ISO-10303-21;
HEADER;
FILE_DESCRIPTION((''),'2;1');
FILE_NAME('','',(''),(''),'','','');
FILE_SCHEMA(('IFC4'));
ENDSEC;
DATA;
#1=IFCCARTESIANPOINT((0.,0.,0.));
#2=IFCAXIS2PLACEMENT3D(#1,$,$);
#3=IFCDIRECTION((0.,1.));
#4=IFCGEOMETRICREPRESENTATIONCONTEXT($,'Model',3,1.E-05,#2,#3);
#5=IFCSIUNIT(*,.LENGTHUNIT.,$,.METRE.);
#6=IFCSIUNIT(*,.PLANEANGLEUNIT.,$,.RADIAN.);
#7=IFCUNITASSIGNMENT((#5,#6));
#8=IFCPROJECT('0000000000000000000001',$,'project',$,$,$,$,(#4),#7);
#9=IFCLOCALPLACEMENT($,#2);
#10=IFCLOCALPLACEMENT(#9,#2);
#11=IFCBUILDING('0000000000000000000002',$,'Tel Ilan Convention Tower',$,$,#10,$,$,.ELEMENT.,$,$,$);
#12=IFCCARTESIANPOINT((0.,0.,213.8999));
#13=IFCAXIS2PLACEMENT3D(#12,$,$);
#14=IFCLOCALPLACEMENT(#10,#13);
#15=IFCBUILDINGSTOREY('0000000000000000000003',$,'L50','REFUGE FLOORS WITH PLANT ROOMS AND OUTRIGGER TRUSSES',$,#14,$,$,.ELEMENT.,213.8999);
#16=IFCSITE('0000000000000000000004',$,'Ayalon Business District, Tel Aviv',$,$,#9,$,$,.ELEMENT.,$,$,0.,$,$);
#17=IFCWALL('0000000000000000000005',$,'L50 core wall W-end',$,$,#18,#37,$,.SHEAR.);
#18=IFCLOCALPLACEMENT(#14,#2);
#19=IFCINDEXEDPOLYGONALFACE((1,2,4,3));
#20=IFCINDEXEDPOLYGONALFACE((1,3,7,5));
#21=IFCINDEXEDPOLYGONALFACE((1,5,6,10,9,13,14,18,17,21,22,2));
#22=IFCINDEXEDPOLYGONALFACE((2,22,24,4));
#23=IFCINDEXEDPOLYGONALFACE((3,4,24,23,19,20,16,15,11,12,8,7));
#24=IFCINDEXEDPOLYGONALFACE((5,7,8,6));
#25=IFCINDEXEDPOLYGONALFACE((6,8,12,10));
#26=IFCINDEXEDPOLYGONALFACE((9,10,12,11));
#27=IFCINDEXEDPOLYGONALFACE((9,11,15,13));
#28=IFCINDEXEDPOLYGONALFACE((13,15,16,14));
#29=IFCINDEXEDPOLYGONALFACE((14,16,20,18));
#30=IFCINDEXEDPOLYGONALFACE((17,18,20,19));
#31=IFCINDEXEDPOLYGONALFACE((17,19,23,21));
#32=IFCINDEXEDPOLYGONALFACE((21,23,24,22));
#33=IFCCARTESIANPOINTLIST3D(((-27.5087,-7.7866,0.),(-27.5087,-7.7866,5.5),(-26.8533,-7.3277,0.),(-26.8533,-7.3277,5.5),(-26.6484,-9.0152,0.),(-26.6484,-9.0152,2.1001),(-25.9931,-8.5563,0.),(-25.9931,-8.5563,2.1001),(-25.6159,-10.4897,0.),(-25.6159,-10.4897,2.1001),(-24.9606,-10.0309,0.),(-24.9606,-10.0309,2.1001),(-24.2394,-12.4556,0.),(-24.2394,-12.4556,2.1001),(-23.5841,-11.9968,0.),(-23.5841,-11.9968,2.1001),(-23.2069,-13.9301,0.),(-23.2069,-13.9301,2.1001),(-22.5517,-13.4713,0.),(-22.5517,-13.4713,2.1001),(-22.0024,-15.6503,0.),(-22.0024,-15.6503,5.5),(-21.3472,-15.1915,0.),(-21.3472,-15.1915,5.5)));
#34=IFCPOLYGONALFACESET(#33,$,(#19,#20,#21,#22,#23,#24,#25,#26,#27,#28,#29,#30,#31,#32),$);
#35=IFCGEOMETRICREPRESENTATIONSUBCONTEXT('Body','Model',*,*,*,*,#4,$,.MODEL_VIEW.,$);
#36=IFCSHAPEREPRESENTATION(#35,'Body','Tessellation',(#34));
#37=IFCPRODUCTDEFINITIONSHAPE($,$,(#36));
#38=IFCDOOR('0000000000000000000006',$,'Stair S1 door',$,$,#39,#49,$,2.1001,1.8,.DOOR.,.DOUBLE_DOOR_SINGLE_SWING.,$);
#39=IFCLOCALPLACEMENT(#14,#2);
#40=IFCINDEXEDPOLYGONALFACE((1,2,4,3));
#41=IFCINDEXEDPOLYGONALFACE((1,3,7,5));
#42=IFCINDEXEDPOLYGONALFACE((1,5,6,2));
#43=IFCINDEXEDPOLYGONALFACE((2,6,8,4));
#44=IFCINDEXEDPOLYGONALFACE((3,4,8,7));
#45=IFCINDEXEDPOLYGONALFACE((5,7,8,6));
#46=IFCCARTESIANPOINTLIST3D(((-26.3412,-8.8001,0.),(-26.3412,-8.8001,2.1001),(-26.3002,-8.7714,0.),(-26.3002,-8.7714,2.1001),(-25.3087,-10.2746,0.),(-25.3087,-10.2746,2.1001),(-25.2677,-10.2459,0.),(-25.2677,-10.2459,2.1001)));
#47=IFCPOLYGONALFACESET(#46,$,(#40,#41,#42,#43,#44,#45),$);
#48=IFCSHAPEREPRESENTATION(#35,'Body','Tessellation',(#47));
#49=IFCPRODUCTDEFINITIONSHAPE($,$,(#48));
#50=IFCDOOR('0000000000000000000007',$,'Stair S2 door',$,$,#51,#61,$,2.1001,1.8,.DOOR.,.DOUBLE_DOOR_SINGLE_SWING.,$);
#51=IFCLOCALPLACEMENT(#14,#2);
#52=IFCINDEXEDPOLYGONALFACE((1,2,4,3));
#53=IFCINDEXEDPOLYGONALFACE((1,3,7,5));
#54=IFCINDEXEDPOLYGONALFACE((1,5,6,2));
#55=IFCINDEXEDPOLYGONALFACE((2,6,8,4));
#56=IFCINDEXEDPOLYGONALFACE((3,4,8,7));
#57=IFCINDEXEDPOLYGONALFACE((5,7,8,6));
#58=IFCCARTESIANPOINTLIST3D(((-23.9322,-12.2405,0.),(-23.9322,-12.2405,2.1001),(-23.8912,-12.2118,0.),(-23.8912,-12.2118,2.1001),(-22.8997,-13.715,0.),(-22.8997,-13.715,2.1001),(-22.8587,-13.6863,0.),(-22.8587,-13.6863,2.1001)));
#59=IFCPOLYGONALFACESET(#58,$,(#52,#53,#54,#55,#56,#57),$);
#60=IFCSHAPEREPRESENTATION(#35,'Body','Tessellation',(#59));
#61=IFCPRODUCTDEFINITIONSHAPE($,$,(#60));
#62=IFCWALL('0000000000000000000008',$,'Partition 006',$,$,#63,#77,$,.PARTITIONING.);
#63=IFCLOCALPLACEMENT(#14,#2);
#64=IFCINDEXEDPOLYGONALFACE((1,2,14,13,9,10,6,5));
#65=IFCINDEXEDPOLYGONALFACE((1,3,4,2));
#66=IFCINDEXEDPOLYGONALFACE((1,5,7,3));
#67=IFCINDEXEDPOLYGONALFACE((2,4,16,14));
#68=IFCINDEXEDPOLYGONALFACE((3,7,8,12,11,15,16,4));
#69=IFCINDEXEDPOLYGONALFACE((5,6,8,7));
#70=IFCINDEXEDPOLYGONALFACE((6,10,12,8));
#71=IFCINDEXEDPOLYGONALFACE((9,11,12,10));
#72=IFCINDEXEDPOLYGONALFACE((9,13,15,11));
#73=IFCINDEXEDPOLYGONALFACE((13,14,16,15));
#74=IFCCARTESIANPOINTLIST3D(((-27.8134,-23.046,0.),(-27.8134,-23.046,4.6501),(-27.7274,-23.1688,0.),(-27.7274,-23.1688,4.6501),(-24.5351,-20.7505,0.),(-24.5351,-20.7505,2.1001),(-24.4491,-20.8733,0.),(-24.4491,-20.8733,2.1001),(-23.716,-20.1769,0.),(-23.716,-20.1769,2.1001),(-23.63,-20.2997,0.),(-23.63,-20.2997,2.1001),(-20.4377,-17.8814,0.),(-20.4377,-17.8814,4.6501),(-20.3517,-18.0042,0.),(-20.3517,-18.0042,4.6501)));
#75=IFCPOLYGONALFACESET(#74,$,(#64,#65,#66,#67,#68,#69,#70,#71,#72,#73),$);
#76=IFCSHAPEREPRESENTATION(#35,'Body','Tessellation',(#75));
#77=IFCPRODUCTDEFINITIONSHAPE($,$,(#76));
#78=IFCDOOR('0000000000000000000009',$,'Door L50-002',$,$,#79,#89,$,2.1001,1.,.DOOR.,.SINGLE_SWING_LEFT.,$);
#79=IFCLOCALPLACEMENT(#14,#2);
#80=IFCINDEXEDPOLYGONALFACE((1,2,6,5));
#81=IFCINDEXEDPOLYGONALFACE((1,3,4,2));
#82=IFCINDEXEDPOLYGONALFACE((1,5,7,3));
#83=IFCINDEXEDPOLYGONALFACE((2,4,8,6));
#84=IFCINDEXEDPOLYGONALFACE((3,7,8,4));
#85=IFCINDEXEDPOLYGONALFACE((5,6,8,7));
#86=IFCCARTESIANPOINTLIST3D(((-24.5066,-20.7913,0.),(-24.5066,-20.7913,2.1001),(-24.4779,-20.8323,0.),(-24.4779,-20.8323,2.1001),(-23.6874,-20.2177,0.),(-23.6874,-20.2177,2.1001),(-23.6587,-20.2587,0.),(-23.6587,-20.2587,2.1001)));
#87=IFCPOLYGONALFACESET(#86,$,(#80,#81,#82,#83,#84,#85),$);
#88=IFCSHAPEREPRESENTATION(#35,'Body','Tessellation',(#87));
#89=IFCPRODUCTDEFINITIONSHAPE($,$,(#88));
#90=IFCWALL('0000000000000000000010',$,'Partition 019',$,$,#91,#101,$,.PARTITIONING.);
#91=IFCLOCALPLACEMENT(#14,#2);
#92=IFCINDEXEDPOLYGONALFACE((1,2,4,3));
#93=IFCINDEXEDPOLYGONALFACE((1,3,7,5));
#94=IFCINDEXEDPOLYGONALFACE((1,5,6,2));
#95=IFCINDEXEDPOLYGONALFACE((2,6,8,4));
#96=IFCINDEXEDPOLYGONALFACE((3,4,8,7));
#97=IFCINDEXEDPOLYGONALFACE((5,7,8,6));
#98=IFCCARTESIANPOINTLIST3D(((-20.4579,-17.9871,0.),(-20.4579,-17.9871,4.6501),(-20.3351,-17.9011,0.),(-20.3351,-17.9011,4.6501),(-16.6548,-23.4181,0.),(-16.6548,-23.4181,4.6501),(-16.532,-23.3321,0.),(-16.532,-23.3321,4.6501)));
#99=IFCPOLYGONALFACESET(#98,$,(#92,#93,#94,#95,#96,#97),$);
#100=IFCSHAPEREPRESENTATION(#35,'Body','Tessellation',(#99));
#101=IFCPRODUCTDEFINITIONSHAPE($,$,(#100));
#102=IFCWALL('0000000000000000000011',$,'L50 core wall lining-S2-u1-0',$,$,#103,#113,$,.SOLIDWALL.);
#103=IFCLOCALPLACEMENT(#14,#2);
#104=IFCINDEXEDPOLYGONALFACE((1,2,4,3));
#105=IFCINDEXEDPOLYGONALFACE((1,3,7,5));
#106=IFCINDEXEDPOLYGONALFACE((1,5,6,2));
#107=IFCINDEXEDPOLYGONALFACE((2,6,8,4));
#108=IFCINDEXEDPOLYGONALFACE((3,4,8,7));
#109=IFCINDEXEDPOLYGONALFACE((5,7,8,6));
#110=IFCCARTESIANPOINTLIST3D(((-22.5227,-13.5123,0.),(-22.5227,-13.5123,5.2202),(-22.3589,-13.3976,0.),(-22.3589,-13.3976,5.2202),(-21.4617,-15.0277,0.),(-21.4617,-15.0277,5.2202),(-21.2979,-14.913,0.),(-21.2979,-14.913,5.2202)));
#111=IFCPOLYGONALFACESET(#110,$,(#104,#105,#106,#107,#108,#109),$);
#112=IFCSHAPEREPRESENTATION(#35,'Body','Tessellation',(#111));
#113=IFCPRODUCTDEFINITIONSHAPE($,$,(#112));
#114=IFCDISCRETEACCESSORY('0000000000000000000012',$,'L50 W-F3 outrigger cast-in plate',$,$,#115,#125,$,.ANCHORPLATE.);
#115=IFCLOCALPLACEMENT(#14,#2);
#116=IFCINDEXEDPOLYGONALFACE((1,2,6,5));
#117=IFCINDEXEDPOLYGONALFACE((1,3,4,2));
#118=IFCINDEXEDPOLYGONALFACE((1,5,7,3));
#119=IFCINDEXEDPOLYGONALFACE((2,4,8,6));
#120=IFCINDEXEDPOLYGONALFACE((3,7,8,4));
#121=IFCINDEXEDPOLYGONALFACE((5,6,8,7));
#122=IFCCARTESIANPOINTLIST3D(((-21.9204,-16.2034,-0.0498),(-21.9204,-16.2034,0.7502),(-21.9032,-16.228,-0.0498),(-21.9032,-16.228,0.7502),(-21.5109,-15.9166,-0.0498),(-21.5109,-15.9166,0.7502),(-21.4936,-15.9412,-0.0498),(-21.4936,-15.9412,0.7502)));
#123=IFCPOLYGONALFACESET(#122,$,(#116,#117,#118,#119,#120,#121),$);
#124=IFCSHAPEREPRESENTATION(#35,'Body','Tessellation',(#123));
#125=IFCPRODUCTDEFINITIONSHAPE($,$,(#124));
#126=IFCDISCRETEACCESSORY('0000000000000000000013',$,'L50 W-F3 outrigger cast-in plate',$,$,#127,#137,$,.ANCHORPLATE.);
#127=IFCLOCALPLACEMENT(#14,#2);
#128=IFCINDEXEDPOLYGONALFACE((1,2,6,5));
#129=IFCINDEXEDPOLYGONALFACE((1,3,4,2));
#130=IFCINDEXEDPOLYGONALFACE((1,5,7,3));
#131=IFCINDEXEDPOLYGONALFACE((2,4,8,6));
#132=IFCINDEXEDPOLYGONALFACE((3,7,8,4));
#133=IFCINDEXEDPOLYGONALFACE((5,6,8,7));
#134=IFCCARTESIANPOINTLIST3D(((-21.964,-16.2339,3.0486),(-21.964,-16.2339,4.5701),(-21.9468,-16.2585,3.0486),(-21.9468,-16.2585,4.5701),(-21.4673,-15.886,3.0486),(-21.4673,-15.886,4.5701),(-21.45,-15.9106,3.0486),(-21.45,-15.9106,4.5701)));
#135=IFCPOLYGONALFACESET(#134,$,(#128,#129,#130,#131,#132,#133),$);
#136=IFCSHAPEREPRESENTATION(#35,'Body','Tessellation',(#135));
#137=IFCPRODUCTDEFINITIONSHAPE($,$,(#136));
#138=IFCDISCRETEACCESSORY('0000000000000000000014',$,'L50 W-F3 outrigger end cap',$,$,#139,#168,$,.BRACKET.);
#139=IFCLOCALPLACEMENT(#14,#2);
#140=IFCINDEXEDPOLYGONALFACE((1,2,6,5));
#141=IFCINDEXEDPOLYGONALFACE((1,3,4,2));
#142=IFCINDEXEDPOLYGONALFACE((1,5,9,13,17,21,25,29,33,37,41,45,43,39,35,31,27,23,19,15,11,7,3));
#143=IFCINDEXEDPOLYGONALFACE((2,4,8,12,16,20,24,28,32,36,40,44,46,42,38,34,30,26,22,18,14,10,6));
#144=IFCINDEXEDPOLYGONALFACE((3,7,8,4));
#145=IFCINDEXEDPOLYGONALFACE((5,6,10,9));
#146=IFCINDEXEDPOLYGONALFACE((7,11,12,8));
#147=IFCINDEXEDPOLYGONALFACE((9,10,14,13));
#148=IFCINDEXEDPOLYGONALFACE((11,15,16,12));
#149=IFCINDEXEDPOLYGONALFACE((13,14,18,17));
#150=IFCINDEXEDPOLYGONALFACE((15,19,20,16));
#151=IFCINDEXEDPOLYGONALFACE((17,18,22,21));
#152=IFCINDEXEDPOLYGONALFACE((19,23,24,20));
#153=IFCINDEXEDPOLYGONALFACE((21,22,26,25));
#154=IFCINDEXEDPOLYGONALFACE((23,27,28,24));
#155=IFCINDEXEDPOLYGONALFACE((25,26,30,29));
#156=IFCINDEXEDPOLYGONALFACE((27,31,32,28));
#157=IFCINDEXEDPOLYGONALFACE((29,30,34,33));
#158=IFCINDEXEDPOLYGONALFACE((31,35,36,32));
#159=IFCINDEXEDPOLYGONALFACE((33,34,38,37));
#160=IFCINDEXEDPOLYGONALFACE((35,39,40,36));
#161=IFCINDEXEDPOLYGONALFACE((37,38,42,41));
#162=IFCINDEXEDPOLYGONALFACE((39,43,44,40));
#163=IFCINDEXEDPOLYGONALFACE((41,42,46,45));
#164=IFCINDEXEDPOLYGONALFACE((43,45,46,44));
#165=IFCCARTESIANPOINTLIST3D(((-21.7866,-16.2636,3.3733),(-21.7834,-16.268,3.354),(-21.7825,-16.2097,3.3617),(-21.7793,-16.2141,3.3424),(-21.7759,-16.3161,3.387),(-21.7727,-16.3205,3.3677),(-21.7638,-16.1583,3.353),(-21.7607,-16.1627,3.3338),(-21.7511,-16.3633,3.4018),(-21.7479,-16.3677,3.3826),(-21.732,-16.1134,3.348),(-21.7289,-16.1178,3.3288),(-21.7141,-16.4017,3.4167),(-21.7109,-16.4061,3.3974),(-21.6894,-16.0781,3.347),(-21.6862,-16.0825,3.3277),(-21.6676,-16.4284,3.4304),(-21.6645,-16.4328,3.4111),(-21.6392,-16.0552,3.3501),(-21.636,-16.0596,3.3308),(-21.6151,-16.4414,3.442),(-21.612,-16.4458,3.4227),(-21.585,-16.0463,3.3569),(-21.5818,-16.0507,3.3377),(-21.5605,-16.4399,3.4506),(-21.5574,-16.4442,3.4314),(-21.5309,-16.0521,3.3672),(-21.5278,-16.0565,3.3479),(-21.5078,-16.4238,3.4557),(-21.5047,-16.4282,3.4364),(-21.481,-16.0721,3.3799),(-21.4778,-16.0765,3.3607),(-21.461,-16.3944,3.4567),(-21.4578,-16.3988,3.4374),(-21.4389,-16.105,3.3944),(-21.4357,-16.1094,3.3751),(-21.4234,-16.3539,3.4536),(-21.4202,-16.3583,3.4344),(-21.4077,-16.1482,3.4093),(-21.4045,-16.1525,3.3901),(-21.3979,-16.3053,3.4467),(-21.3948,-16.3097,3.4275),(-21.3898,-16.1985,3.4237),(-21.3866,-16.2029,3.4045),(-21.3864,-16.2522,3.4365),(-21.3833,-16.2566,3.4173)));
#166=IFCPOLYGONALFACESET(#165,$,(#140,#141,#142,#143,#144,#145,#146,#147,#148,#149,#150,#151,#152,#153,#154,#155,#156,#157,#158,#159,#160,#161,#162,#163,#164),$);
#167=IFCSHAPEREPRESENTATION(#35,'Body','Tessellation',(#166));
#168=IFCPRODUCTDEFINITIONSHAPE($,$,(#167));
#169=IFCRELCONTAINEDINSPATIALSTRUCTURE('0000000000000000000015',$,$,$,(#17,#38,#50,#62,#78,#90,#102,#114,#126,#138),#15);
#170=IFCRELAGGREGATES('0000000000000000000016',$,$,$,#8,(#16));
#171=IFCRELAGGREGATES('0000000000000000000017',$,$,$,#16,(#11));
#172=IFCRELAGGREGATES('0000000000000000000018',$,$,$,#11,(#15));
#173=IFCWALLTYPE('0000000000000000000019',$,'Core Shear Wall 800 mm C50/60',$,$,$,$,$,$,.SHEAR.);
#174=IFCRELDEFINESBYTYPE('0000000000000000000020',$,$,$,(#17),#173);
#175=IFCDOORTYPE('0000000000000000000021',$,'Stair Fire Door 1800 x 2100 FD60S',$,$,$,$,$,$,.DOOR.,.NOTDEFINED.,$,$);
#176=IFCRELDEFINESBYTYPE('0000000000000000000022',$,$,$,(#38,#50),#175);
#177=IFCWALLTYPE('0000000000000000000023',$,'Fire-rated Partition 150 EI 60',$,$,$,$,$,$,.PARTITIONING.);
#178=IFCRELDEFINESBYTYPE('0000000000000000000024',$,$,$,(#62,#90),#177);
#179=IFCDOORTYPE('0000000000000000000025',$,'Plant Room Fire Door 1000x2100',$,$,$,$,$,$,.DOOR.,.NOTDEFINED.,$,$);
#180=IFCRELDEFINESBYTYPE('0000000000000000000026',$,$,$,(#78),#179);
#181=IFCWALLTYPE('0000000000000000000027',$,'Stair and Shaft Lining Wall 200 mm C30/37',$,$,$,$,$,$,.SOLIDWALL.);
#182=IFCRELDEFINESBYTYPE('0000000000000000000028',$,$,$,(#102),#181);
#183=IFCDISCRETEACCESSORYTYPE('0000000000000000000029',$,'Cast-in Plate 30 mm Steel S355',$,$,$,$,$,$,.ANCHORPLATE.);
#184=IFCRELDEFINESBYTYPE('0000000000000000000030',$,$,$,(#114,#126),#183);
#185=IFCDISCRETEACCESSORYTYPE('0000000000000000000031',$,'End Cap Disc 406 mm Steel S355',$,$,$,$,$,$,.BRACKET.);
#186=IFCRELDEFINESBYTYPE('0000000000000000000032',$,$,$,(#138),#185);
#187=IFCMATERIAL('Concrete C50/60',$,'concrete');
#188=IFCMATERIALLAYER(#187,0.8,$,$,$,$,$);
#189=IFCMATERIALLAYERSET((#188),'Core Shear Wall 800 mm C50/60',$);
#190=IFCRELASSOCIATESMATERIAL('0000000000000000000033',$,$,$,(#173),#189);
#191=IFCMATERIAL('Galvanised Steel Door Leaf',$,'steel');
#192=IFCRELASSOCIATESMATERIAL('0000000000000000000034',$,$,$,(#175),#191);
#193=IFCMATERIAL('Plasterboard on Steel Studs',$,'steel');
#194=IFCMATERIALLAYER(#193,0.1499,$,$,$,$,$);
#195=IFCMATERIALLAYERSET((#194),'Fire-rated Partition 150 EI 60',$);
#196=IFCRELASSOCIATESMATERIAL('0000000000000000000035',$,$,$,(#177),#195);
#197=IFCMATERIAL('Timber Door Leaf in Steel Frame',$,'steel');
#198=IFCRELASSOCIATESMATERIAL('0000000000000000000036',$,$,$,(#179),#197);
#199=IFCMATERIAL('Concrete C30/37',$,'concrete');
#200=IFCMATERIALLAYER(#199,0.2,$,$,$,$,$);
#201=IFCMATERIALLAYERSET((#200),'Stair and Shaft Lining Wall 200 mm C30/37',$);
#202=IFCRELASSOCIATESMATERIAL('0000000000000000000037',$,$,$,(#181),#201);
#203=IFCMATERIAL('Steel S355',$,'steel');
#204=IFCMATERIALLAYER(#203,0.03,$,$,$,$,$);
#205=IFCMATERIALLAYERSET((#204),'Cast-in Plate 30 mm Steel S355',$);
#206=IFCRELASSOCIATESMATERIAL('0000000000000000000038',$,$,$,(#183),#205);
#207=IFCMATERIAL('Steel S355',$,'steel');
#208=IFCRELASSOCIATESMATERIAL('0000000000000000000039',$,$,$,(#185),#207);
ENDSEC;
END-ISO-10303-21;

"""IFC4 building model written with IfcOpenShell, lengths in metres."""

from ifc_helpers import new_model, si_unit, direction, frame, frame_2d, origin, origin_2d, place, context, subcontext, project, spatial, polyline, rectangle, circle, outline, extrude, material, layer, layer_set, material_profile, profile_set, type_object, element, fill, save


model = new_model("IFC4")

# Units and contexts
model_context = context("Model", 3, precision=1e-05, world=origin(), true_north=direction((0.0, 1.0)))
body_context = subcontext(model_context, "Body", "Model", "MODEL_VIEW")
ifc_project = project(units=[si_unit("LENGTHUNIT", "METRE"), si_unit("PLANEANGLEUNIT", "RADIAN")], contexts=[model_context])

# Site, building, storey
site_placement = place(None, origin())
site = spatial("IfcSite", under=ifc_project, at=site_placement, Name="Ayalon Business District, Tel Aviv", CompositionType="ELEMENT", RefElevation=0.0)
building_placement = place(site_placement, origin())
building = spatial("IfcBuilding", under=site, at=building_placement, Name="Tel Ilan Convention Tower", CompositionType="ELEMENT")
storey_placement = place(building_placement, frame((0.0, 0.0, 213.8999)))
storey = spatial("IfcBuildingStorey", under=building, at=storey_placement, Name="L50", Description="REFUGE FLOORS WITH PLANT ROOMS AND OUTRIGGER TRUSSES", CompositionType="ELEMENT", Elevation=213.8999)

# Wall, openings, doors
ifc_material_1 = material(Name="Concrete C50/60", Category="concrete")
ifc_layer_1 = layer(ifc_material_1, 0.8)
ifc_layer_set_1 = layer_set([ifc_layer_1], Name="Core Shear Wall 800 mm C50/60")
wall_type_1 = type_object("IfcWallType", Name="Core Shear Wall 800 mm C50/60", PredefinedType="SHEAR", material=ifc_layer_set_1)
wall_1_placement = place(storey_placement, frame((-21.6748, -15.4209, 0.0), z_axis=(0.0, 0.0, 1.0), x_axis=(-0.573582, 0.819148, 0.0)))
wall_1 = element("IfcWall", 1, at=wall_1_placement, inside=storey, type_object=wall_type_1, Name="L50 core wall W-end", PredefinedType="SHEAR", context=body_context, shape_type="SweptSolid", body=[
    extrude(outline(polyline([(0.0, 0.3999), (0.0, -0.3999), (9.5999, -0.4001), (9.5999, 0.3999), (0.0, 0.3999)])), origin(), (0.0, 0.0, 1.0), 5.5),
])
opening_1_placement = place(wall_1_placement, frame((6.3, 0.0, 0.0)))
opening_1 = element("IfcOpeningElement", 2, at=opening_1_placement, cuts=wall_1, PredefinedType="OPENING", context=body_context, shape_type="SweptSolid", body=[
    extrude(rectangle(XDim=1.8, YDim=2.1001, at=frame_2d((0.8999, 1.05))), frame((0.0, 0.4099, 0.0), z_axis=(0.0, -1.0, 0.0), x_axis=(1.0, 0.0, 0.0)), (0.0, 0.0, 1.0), 0.8201),
])
opening_2_placement = place(wall_1_placement, frame((2.1001, 0.0, 0.0)))
opening_2 = element("IfcOpeningElement", 3, at=opening_2_placement, cuts=wall_1, PredefinedType="OPENING", context=body_context, shape_type="SweptSolid", body=[
    extrude(rectangle(XDim=1.8, YDim=2.1001, at=frame_2d((0.8999, 1.05))), frame((0.0, 0.4099, 0.0), z_axis=(0.0, -1.0, 0.0), x_axis=(1.0, 0.0, 0.0)), (0.0, 0.0, 1.0), 0.8201),
])
ifc_material_2 = material(Name="Galvanised Steel Door Leaf", Category="steel")
door_type_1 = type_object("IfcDoorType", Name="Stair Fire Door 1800 x 2100 FD60S", OperationType="NOTDEFINED", PredefinedType="DOOR", material=ifc_material_2)
door_1_placement = place(opening_1_placement, origin())
door_1 = element("IfcDoor", 4, at=door_1_placement, inside=storey, type_object=door_type_1, Name="Stair S1 door", OperationType="DOUBLE_DOOR_SINGLE_SWING", OverallHeight=2.1001, OverallWidth=1.8, PredefinedType="DOOR", context=body_context, shape_type="SweptSolid", body=[
    extrude(rectangle(XDim=1.8, YDim=2.1001, at=frame_2d((0.8999, 1.05))), frame((0.0, 0.0249, 0.0), z_axis=(0.0, -1.0, 0.0), x_axis=(1.0, 0.0, 0.0)), (0.0, 0.0, 1.0), 0.05),
])
fill(opening_1, door_1)
door_2_placement = place(opening_2_placement, origin())
door_2 = element("IfcDoor", 5, at=door_2_placement, inside=storey, type_object=door_type_1, Name="Stair S2 door", OperationType="DOUBLE_DOOR_SINGLE_SWING", OverallHeight=2.1001, OverallWidth=1.8, PredefinedType="DOOR", context=body_context, shape_type="SweptSolid", body=[
    extrude(rectangle(XDim=1.8, YDim=2.1001, at=frame_2d((0.8999, 1.05))), frame((0.0, 0.0249, 0.0), z_axis=(0.0, -1.0, 0.0), x_axis=(1.0, 0.0, 0.0)), (0.0, 0.0, 1.0), 0.05),
])
fill(opening_2, door_2)

# Wall, opening, door
ifc_material_3 = material(Name="Plasterboard on Steel Studs", Category="steel")
ifc_layer_2 = layer(ifc_material_3, 0.1499)
ifc_layer_set_2 = layer_set([ifc_layer_2], Name="Fire-rated Partition 150 EI 60")
wall_type_2 = type_object("IfcWallType", Name="Fire-rated Partition 150 EI 60", PredefinedType="PARTITIONING", material=ifc_layer_set_2)
wall_2_placement = place(storey_placement, frame((-20.3948, -17.9429, 0.0), z_axis=(0.0, 0.0, 1.0), x_axis=(-0.819152, -0.573577, 0.0)))
wall_2 = element("IfcWall", 6, at=wall_2_placement, inside=storey, type_object=wall_type_2, Name="Partition 006", PredefinedType="PARTITIONING", context=body_context, shape_type="SweptSolid", body=[
    extrude(rectangle(XDim=9.0042, YDim=0.1499, at=frame_2d((4.502, 0.0))), origin(), (0.0, 0.0, 1.0), 4.6501),
])
opening_3_placement = place(wall_2_placement, frame((4.002, 0.0, 0.0)))
opening_3 = element("IfcOpeningElement", 7, at=opening_3_placement, cuts=wall_2, PredefinedType="OPENING", context=body_context, shape_type="SweptSolid", body=[
    extrude(rectangle(XDim=1.0, YDim=2.1001, at=frame_2d((0.5, 1.05))), frame((0.0, 0.085, 0.0), z_axis=(0.0, -1.0, 0.0), x_axis=(1.0, 0.0, 0.0)), (0.0, 0.0, 1.0), 0.1699),
])
ifc_material_4 = material(Name="Timber Door Leaf in Steel Frame", Category="steel")
door_type_2 = type_object("IfcDoorType", Name="Plant Room Fire Door 1000x2100", OperationType="NOTDEFINED", PredefinedType="DOOR", material=ifc_material_4)
door_3_placement = place(opening_3_placement, origin())
door_3 = element("IfcDoor", 8, at=door_3_placement, inside=storey, type_object=door_type_2, Name="Door L50-002", OperationType="SINGLE_SWING_LEFT", OverallHeight=2.1001, OverallWidth=1.0, PredefinedType="DOOR", context=body_context, shape_type="SweptSolid", body=[
    extrude(rectangle(XDim=1.0, YDim=2.1001, at=frame_2d((0.5, 1.05))), frame((0.0, 0.0249, 0.0), z_axis=(0.0, -1.0, 0.0), x_axis=(1.0, 0.0, 0.0)), (0.0, 0.0, 1.0), 0.05),
])
fill(opening_3, door_3)

# Walls
wall_3_placement = place(storey_placement, frame((-16.5935, -23.375, 0.0), z_axis=(0.0, 0.0, 1.0), x_axis=(-0.573598, 0.819137, 0.0)))
element("IfcWall", 9, at=wall_3_placement, inside=storey, type_object=wall_type_2, Name="Partition 019", PredefinedType="PARTITIONING", context=body_context, shape_type="SweptSolid", body=[
    extrude(rectangle(XDim=6.6301, YDim=0.1499, at=frame_2d((3.3149, 0.0))), origin(), (0.0, 0.0, 1.0), 4.6501),
])
ifc_material_5 = material(Name="Concrete C30/37", Category="concrete")
ifc_layer_3 = layer(ifc_material_5, 0.2)
ifc_layer_set_3 = layer_set([ifc_layer_3], Name="Stair and Shaft Lining Wall 200 mm C30/37")
wall_type_3 = type_object("IfcWallType", Name="Stair and Shaft Lining Wall 200 mm C30/37", PredefinedType="SOLIDWALL", material=ifc_layer_set_3)
wall_4_placement = place(storey_placement, frame((-21.3799, -14.9702, 0.0), z_axis=(0.0, 0.0, 1.0), x_axis=(-0.57356, 0.819164, 0.0)))
element("IfcWall", 10, at=wall_4_placement, inside=storey, type_object=wall_type_3, Name="L50 core wall lining-S2-u1-0", PredefinedType="SOLIDWALL", context=body_context, shape_type="SweptSolid", body=[
    extrude(rectangle(XDim=1.8499, YDim=0.2, at=frame_2d((0.9248, 0.0))), origin(), (0.0, 0.0, 1.0), 5.2202),
])

# Discrete accessories
ifc_material_6 = material(Name="Steel S355", Category="steel")
ifc_layer_4 = layer(ifc_material_6, 0.03)
ifc_layer_set_4 = layer_set([ifc_layer_4], Name="Cast-in Plate 30 mm Steel S355")
discrete_accessory_type_1 = type_object("IfcDiscreteAccessoryType", Name="Cast-in Plate 30 mm Steel S355", PredefinedType="ANCHORPLATE", material=ifc_layer_set_4)
discrete_accessory_1_placement = place(storey_placement, frame((-21.707, -16.0723, -0.0498), z_axis=(0.0, 0.0, 1.0), x_axis=(-0.573576, 0.819152, 0.0)))
element("IfcDiscreteAccessory", 11, at=discrete_accessory_1_placement, inside=storey, type_object=discrete_accessory_type_1, Name="L50 W-F3 outrigger cast-in plate", PredefinedType="ANCHORPLATE", context=body_context, shape_type="SweptSolid", body=[
    extrude(rectangle(XDim=0.03, YDim=0.5, at=origin_2d()), origin(), (0.0, 0.0, 1.0), 0.8),
])
discrete_accessory_2_placement = place(storey_placement, frame((-21.707, -16.0723, 3.0486), z_axis=(0.0, 0.0, 1.0), x_axis=(-0.573576, 0.819152, 0.0)))
element("IfcDiscreteAccessory", 12, at=discrete_accessory_2_placement, inside=storey, type_object=discrete_accessory_type_1, Name="L50 W-F3 outrigger cast-in plate", PredefinedType="ANCHORPLATE", context=body_context, shape_type="SweptSolid", body=[
    extrude(rectangle(XDim=0.03, YDim=0.6064, at=origin_2d()), origin(), (0.0, 0.0, 1.0), 1.5215),
])
ifc_material_7 = material(Name="Steel S355", Category="steel")
ifc_material_profile_1 = material_profile(ifc_material_7, circle(Radius=0.2031, at=origin_2d()), Name="End Cap Disc 406 mm Steel S355")
ifc_profile_set_1 = profile_set([ifc_material_profile_1], Name="Steel S355")
discrete_accessory_type_2 = type_object("IfcDiscreteAccessoryType", Name="End Cap Disc 406 mm Steel S355", PredefinedType="BRACKET", material=ifc_profile_set_1)
discrete_accessory_3_placement = place(storey_placement, frame((-21.5833, -16.2488, 3.3826), z_axis=(-0.158419, 0.219349, 0.962699), x_axis=(-0.810679, -0.585491, 0.0)))
element("IfcDiscreteAccessory", 13, at=discrete_accessory_3_placement, inside=storey, type_object=discrete_accessory_type_2, Name="L50 W-F3 outrigger end cap", PredefinedType="BRACKET", context=body_context, shape_type="SweptSolid", body=[
    extrude(circle(Radius=0.2031, at=origin_2d()), origin(), (0.0, 0.0, 1.0), 0.02),
])

save(model, "model.ifc")
